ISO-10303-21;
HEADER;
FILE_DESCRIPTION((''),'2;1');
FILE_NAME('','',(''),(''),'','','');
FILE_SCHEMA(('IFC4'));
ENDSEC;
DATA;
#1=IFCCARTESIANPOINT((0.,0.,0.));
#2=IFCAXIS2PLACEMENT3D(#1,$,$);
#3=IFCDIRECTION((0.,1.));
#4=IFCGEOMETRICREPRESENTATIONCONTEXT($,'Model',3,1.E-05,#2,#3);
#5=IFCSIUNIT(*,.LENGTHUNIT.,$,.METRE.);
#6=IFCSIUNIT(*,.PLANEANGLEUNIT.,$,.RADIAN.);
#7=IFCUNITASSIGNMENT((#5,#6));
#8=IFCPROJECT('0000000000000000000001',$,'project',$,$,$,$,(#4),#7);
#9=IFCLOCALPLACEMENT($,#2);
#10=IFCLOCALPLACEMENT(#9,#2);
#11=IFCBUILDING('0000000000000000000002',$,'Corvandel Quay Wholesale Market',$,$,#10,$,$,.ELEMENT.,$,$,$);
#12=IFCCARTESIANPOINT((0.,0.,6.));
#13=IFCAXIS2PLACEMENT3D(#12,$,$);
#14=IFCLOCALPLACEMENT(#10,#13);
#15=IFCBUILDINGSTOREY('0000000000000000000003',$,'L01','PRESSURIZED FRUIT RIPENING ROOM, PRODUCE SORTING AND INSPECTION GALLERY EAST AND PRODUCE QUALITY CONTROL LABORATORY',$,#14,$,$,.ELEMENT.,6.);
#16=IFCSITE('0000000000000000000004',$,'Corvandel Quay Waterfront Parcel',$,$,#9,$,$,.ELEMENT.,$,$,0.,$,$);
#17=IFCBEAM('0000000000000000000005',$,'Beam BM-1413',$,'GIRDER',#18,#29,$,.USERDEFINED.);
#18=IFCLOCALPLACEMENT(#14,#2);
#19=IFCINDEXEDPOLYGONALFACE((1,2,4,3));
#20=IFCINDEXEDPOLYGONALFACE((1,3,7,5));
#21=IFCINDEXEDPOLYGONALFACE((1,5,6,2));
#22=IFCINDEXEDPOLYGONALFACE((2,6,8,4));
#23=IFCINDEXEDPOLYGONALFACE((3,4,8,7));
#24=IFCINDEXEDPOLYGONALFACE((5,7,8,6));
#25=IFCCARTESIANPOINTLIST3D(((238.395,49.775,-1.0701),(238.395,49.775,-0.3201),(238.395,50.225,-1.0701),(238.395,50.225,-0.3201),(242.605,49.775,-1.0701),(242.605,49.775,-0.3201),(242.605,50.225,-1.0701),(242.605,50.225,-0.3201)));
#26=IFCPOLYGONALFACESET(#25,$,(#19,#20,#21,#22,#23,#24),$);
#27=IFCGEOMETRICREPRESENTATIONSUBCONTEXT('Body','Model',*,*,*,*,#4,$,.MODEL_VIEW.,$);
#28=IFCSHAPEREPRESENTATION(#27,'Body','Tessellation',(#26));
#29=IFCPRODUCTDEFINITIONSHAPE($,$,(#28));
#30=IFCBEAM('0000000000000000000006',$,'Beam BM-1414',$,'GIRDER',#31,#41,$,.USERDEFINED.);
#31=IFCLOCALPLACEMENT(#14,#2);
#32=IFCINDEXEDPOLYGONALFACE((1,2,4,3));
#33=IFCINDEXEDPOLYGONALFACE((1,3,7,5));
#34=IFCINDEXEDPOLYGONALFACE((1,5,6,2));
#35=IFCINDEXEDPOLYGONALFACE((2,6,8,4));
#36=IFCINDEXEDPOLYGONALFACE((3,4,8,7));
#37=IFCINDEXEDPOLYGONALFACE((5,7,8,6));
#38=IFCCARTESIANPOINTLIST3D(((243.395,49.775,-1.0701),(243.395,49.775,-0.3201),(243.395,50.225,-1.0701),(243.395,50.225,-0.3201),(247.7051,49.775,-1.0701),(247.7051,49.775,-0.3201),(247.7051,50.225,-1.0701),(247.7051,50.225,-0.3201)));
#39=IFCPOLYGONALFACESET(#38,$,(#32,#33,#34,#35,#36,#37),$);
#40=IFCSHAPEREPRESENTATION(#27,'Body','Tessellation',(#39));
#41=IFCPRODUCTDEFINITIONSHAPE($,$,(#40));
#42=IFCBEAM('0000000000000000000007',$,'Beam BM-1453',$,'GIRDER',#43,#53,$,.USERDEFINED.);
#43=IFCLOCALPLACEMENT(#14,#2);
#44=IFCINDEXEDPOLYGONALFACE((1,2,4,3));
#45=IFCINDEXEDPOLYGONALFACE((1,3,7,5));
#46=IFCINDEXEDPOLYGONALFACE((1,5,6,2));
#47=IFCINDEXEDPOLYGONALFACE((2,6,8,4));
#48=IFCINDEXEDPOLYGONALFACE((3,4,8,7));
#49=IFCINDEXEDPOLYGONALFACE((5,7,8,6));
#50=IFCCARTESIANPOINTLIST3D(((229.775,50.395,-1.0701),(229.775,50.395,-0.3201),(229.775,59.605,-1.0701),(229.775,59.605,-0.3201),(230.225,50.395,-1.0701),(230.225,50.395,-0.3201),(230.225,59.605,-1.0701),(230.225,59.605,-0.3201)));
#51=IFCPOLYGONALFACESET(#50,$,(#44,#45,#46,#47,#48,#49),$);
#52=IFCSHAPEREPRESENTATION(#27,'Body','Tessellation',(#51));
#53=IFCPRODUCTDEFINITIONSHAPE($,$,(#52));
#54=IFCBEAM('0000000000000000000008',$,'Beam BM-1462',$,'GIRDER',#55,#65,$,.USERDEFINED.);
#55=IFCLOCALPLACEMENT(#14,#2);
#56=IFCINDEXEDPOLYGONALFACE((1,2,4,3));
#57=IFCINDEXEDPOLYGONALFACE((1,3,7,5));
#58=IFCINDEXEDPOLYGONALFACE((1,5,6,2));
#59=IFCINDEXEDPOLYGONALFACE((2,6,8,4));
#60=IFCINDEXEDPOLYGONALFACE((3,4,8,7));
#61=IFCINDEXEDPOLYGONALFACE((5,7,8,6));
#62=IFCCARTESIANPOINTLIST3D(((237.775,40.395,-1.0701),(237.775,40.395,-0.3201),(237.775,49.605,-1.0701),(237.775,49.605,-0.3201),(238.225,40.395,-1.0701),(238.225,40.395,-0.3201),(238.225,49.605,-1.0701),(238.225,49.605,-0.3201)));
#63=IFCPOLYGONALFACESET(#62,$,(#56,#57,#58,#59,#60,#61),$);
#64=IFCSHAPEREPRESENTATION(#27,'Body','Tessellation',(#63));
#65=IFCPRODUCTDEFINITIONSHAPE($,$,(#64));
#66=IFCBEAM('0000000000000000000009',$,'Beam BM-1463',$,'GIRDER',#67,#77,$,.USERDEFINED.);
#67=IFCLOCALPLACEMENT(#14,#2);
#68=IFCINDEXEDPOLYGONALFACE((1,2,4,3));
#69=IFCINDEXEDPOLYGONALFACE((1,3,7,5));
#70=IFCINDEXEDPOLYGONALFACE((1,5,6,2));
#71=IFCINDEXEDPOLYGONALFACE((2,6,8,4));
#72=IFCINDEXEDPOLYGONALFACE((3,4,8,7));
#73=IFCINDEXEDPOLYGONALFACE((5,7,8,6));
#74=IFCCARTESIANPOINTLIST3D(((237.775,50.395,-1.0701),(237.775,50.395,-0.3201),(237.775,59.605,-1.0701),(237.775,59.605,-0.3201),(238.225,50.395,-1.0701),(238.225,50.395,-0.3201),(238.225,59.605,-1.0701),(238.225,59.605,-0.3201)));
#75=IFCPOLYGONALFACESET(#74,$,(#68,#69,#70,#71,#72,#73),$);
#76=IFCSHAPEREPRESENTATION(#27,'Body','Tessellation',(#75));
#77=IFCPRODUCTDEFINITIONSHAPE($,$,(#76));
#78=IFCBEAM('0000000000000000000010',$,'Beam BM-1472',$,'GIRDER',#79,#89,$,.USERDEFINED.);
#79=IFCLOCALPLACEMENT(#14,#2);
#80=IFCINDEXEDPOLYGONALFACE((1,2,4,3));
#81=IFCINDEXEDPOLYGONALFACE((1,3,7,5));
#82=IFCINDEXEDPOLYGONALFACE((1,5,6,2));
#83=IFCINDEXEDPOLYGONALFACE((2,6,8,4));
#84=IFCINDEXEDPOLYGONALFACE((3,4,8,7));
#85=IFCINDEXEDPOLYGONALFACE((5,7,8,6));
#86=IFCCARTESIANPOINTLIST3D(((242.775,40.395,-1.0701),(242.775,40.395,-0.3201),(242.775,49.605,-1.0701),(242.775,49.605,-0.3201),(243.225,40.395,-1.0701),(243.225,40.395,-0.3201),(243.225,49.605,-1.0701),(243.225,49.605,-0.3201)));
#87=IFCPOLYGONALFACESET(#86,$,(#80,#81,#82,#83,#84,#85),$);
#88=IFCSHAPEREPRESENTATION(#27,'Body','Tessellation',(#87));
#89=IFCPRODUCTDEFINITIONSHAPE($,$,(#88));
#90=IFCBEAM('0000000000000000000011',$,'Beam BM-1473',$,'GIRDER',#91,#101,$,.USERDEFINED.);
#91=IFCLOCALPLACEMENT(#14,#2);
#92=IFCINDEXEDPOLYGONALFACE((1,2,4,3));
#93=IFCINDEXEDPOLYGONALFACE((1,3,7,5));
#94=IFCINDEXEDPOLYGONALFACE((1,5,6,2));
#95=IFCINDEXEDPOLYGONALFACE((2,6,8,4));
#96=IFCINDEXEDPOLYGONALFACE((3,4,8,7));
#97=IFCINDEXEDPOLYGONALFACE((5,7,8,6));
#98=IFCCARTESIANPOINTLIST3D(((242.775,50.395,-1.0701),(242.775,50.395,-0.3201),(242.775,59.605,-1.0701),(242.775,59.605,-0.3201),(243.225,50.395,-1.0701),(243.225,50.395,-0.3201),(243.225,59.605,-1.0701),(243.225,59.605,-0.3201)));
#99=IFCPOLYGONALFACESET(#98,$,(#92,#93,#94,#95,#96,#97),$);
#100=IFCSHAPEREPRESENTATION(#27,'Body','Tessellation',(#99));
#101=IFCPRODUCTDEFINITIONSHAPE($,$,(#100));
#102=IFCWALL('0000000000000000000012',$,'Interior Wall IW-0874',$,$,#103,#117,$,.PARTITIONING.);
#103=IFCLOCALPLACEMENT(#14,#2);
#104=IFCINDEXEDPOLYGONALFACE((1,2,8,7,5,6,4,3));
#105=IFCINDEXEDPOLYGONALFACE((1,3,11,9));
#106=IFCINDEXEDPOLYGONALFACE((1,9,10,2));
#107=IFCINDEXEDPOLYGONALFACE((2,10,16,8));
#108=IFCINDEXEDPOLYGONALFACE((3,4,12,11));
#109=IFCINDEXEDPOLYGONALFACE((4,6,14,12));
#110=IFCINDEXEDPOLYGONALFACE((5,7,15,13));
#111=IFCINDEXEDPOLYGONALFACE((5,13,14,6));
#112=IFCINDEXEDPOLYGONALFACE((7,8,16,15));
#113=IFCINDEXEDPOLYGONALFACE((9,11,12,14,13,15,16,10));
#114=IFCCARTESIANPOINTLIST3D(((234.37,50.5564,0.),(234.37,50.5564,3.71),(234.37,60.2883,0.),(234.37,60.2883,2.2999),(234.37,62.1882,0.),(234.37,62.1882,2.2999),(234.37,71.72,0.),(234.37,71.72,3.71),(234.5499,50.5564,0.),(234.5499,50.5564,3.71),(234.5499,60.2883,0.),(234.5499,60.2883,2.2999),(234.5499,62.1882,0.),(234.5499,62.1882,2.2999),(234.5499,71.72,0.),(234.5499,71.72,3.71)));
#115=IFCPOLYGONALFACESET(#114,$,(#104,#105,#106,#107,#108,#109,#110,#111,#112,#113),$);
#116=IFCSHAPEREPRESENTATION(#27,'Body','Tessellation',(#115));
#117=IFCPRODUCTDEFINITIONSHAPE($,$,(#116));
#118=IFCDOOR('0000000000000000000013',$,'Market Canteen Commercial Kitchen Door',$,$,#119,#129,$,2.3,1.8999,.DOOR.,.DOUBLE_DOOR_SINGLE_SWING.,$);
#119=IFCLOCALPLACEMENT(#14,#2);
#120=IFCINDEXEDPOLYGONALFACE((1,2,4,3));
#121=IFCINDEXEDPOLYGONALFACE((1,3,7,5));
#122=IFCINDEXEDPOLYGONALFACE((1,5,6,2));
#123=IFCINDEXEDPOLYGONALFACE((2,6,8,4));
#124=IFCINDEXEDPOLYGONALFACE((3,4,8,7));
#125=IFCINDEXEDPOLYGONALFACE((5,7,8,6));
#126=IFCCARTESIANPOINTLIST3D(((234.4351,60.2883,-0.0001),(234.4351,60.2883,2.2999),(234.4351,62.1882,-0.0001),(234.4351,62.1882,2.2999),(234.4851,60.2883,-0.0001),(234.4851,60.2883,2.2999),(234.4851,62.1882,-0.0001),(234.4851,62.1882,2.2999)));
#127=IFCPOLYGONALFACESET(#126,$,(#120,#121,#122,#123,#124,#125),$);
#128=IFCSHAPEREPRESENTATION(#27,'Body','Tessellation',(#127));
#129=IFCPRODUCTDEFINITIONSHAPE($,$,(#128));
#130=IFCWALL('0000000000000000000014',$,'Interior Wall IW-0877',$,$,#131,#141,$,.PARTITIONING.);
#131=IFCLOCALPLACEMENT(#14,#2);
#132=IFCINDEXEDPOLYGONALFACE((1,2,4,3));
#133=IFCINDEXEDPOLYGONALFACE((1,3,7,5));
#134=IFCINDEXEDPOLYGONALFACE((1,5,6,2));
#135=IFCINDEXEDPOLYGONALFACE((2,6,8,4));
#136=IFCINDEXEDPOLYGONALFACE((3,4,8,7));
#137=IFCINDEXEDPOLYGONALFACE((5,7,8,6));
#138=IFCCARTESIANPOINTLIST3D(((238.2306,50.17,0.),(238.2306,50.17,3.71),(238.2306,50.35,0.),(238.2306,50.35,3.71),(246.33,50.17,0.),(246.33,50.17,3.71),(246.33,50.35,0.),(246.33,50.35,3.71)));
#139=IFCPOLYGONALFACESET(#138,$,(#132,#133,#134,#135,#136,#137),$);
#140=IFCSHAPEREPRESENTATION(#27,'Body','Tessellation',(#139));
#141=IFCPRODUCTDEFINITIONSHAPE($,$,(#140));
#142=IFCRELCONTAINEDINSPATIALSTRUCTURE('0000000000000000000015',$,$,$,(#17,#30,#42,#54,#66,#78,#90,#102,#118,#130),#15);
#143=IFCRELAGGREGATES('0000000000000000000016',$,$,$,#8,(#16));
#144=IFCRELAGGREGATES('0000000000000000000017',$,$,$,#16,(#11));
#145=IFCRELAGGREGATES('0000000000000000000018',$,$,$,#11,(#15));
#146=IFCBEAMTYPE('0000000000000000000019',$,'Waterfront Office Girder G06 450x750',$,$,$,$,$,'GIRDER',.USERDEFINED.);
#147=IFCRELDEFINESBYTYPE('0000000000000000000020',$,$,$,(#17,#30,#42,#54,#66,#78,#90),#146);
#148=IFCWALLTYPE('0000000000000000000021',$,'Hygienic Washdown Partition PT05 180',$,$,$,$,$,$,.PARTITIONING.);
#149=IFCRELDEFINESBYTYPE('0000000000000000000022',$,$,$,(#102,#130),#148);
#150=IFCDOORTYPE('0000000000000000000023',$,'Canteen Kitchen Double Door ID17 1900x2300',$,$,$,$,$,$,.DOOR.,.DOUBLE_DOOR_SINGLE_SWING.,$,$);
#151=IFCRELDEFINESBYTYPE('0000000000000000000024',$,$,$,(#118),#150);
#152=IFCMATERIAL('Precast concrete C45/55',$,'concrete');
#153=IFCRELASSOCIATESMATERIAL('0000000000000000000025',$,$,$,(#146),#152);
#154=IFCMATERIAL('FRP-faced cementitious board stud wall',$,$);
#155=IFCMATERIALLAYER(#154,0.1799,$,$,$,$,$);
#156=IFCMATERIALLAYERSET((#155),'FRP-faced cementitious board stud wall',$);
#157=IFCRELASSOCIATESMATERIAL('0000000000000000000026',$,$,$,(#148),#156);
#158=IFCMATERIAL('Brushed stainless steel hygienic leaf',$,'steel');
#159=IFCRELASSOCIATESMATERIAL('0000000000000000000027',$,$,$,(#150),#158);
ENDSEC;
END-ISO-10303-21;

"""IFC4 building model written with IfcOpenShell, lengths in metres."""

from ifc_helpers import new_model, si_unit, direction, frame, frame_2d, origin, origin_2d, place, context, subcontext, project, spatial, rectangle, extrude, material, layer, layer_set, material_profile, profile_set, type_object, element, fill, save


model = new_model("IFC4")

# Units and contexts
model_context = context("Model", 3, precision=1e-05, world=origin(), true_north=direction((0.0, 1.0)))
body_context = subcontext(model_context, "Body", "Model", "MODEL_VIEW")
ifc_project = project(units=[si_unit("LENGTHUNIT", "METRE"), si_unit("PLANEANGLEUNIT", "RADIAN")], contexts=[model_context])

# Site, building, storey
site_placement = place(None, origin())
site = spatial("IfcSite", under=ifc_project, at=site_placement, Name="Corvandel Quay Waterfront Parcel", CompositionType="ELEMENT", RefElevation=0.0)
building_placement = place(site_placement, origin())
building = spatial("IfcBuilding", under=site, at=building_placement, Name="Corvandel Quay Wholesale Market", CompositionType="ELEMENT")
storey_placement = place(building_placement, frame((0.0, 0.0, 6.0)))
storey = spatial("IfcBuildingStorey", under=building, at=storey_placement, Name="L01", Description="PRESSURIZED FRUIT RIPENING ROOM, PRODUCE SORTING AND INSPECTION GALLERY EAST AND PRODUCE QUALITY CONTROL LABORATORY", CompositionType="ELEMENT", Elevation=6.0)

# Shared definitions
ifc_material_1 = material(Name="Precast concrete C45/55", Category="concrete")

# Beams
ifc_material_profile_1 = material_profile(ifc_material_1, rectangle(XDim=0.45, YDim=0.75, at=origin_2d()), Name="PC-GIR-450x750")
ifc_profile_set_1 = profile_set([ifc_material_profile_1], Name="Precast concrete C45/55")
beam_type_1 = type_object("IfcBeamType", Name="Waterfront Office Girder G06 450x750", ElementType="GIRDER", PredefinedType="USERDEFINED", material=ifc_profile_set_1)
beam_1_placement = place(storey_placement, frame((238.395, 50.0, -0.6951), z_axis=(1.0, 0.0, 0.0), x_axis=(0.0, 1.0, 0.0)))
element("IfcBeam", 1, at=beam_1_placement, inside=storey, type_object=beam_type_1, Name="Beam BM-1413", ObjectType="GIRDER", PredefinedType="USERDEFINED", context=body_context, shape_type="SweptSolid", body=[
    extrude(rectangle(XDim=0.45, YDim=0.75, at=origin_2d()), origin(), (0.0, 0.0, 1.0), 4.21),
])
beam_2_placement = place(storey_placement, frame((243.395, 50.0, -0.6951), z_axis=(1.0, 0.0, 0.0), x_axis=(0.0, 1.0, 0.0)))
element("IfcBeam", 2, at=beam_2_placement, inside=storey, type_object=beam_type_1, Name="Beam BM-1414", ObjectType="GIRDER", PredefinedType="USERDEFINED", context=body_context, shape_type="SweptSolid", body=[
    extrude(rectangle(XDim=0.45, YDim=0.75, at=origin_2d()), origin(), (0.0, 0.0, 1.0), 4.3101),
])
for number, where, z_axis, x_axis, name in (
    (3, (230.0, 50.395, -0.6951), (0.0, 1.0, 0.0), (-1.0, 0.0, 0.0), "Beam BM-1453"),
    (4, (238.0, 40.395, -0.6951), (0.0, 1.0, 0.0), (-1.0, 0.0, 0.0), "Beam BM-1462"),
    (5, (238.0, 50.395, -0.6951), (0.0, 1.0, 0.0), (-1.0, 0.0, 0.0), "Beam BM-1463"),
    (6, (243.0, 40.395, -0.6951), (0.0, 1.0, 0.0), (-1.0, 0.0, 0.0), "Beam BM-1472"),
    (7, (243.0, 50.395, -0.6951), (0.0, 1.0, 0.0), (-1.0, 0.0, 0.0), "Beam BM-1473"),
):
    element("IfcBeam", number, at=place(storey_placement, frame(where, z_axis=z_axis, x_axis=x_axis)), inside=storey, type_object=beam_type_1, Name=name, ObjectType="GIRDER", PredefinedType="USERDEFINED", context=body_context, shape_type="SweptSolid", body=[
        extrude(rectangle(XDim=0.45, YDim=0.75, at=origin_2d()), origin(), (0.0, 0.0, 1.0), 9.21),
    ])

# Wall, opening, door
ifc_material_2 = material(Name="FRP-faced cementitious board stud wall")
ifc_layer_1 = layer(ifc_material_2, 0.1799)
ifc_layer_set_1 = layer_set([ifc_layer_1], Name="FRP-faced cementitious board stud wall")
wall_type = type_object("IfcWallType", Name="Hygienic Washdown Partition PT05 180", PredefinedType="PARTITIONING", material=ifc_layer_set_1)
wall_1_placement = place(storey_placement, frame((234.46, 50.5564, 0.0), z_axis=(0.0, 0.0, 1.0), x_axis=(0.0, 1.0, 0.0)))
wall_1 = element("IfcWall", 8, at=wall_1_placement, inside=storey, type_object=wall_type, Name="Interior Wall IW-0874", PredefinedType="PARTITIONING", context=body_context, shape_type="SweptSolid", body=[
    extrude(rectangle(XDim=21.1636, YDim=0.1799, at=frame_2d((10.5818, 0.0))), origin(), (0.0, 0.0, 1.0), 3.71),
])
opening_placement = place(wall_1_placement, frame((9.7319, 0.0, 0.0)))
opening = element("IfcOpeningElement", 9, at=opening_placement, cuts=wall_1, PredefinedType="OPENING", context=body_context, shape_type="SweptSolid", body=[
    extrude(rectangle(XDim=1.8999, YDim=2.3, at=frame_2d((0.95, 1.1499))), frame((0.0, 0.0999, 0.0), z_axis=(0.0, -1.0, 0.0), x_axis=(1.0, 0.0, 0.0)), (0.0, 0.0, 1.0), 0.2),
])
ifc_material_3 = material(Name="Brushed stainless steel hygienic leaf", Category="steel")
door_type = type_object("IfcDoorType", Name="Canteen Kitchen Double Door ID17 1900x2300", OperationType="DOUBLE_DOOR_SINGLE_SWING", PredefinedType="DOOR", material=ifc_material_3)
door_placement = place(opening_placement, origin())
door = element("IfcDoor", 10, at=door_placement, inside=storey, type_object=door_type, Name="Market Canteen Commercial Kitchen Door", OperationType="DOUBLE_DOOR_SINGLE_SWING", OverallHeight=2.3, OverallWidth=1.8999, PredefinedType="DOOR", context=body_context, shape_type="SweptSolid", body=[
    extrude(rectangle(XDim=1.8999, YDim=2.3, at=frame_2d((0.95, 1.1499))), frame((0.0, 0.0249, 0.0), z_axis=(0.0, -1.0, 0.0), x_axis=(1.0, 0.0, 0.0)), (0.0, 0.0, 1.0), 0.05),
])
fill(opening, door)

# Wall
wall_2_placement = place(storey_placement, frame((246.3301, 50.26, 0.0), z_axis=(0.0, 0.0, 1.0), x_axis=(-1.0, 0.0, 0.0)))
element("IfcWall", 11, at=wall_2_placement, inside=storey, type_object=wall_type, Name="Interior Wall IW-0877", PredefinedType="PARTITIONING", context=body_context, shape_type="SweptSolid", body=[
    extrude(rectangle(XDim=8.0994, YDim=0.1799, at=frame_2d((4.0498, 0.0))), origin(), (0.0, 0.0, 1.0), 3.71),
])

save(model, "model.ifc")
